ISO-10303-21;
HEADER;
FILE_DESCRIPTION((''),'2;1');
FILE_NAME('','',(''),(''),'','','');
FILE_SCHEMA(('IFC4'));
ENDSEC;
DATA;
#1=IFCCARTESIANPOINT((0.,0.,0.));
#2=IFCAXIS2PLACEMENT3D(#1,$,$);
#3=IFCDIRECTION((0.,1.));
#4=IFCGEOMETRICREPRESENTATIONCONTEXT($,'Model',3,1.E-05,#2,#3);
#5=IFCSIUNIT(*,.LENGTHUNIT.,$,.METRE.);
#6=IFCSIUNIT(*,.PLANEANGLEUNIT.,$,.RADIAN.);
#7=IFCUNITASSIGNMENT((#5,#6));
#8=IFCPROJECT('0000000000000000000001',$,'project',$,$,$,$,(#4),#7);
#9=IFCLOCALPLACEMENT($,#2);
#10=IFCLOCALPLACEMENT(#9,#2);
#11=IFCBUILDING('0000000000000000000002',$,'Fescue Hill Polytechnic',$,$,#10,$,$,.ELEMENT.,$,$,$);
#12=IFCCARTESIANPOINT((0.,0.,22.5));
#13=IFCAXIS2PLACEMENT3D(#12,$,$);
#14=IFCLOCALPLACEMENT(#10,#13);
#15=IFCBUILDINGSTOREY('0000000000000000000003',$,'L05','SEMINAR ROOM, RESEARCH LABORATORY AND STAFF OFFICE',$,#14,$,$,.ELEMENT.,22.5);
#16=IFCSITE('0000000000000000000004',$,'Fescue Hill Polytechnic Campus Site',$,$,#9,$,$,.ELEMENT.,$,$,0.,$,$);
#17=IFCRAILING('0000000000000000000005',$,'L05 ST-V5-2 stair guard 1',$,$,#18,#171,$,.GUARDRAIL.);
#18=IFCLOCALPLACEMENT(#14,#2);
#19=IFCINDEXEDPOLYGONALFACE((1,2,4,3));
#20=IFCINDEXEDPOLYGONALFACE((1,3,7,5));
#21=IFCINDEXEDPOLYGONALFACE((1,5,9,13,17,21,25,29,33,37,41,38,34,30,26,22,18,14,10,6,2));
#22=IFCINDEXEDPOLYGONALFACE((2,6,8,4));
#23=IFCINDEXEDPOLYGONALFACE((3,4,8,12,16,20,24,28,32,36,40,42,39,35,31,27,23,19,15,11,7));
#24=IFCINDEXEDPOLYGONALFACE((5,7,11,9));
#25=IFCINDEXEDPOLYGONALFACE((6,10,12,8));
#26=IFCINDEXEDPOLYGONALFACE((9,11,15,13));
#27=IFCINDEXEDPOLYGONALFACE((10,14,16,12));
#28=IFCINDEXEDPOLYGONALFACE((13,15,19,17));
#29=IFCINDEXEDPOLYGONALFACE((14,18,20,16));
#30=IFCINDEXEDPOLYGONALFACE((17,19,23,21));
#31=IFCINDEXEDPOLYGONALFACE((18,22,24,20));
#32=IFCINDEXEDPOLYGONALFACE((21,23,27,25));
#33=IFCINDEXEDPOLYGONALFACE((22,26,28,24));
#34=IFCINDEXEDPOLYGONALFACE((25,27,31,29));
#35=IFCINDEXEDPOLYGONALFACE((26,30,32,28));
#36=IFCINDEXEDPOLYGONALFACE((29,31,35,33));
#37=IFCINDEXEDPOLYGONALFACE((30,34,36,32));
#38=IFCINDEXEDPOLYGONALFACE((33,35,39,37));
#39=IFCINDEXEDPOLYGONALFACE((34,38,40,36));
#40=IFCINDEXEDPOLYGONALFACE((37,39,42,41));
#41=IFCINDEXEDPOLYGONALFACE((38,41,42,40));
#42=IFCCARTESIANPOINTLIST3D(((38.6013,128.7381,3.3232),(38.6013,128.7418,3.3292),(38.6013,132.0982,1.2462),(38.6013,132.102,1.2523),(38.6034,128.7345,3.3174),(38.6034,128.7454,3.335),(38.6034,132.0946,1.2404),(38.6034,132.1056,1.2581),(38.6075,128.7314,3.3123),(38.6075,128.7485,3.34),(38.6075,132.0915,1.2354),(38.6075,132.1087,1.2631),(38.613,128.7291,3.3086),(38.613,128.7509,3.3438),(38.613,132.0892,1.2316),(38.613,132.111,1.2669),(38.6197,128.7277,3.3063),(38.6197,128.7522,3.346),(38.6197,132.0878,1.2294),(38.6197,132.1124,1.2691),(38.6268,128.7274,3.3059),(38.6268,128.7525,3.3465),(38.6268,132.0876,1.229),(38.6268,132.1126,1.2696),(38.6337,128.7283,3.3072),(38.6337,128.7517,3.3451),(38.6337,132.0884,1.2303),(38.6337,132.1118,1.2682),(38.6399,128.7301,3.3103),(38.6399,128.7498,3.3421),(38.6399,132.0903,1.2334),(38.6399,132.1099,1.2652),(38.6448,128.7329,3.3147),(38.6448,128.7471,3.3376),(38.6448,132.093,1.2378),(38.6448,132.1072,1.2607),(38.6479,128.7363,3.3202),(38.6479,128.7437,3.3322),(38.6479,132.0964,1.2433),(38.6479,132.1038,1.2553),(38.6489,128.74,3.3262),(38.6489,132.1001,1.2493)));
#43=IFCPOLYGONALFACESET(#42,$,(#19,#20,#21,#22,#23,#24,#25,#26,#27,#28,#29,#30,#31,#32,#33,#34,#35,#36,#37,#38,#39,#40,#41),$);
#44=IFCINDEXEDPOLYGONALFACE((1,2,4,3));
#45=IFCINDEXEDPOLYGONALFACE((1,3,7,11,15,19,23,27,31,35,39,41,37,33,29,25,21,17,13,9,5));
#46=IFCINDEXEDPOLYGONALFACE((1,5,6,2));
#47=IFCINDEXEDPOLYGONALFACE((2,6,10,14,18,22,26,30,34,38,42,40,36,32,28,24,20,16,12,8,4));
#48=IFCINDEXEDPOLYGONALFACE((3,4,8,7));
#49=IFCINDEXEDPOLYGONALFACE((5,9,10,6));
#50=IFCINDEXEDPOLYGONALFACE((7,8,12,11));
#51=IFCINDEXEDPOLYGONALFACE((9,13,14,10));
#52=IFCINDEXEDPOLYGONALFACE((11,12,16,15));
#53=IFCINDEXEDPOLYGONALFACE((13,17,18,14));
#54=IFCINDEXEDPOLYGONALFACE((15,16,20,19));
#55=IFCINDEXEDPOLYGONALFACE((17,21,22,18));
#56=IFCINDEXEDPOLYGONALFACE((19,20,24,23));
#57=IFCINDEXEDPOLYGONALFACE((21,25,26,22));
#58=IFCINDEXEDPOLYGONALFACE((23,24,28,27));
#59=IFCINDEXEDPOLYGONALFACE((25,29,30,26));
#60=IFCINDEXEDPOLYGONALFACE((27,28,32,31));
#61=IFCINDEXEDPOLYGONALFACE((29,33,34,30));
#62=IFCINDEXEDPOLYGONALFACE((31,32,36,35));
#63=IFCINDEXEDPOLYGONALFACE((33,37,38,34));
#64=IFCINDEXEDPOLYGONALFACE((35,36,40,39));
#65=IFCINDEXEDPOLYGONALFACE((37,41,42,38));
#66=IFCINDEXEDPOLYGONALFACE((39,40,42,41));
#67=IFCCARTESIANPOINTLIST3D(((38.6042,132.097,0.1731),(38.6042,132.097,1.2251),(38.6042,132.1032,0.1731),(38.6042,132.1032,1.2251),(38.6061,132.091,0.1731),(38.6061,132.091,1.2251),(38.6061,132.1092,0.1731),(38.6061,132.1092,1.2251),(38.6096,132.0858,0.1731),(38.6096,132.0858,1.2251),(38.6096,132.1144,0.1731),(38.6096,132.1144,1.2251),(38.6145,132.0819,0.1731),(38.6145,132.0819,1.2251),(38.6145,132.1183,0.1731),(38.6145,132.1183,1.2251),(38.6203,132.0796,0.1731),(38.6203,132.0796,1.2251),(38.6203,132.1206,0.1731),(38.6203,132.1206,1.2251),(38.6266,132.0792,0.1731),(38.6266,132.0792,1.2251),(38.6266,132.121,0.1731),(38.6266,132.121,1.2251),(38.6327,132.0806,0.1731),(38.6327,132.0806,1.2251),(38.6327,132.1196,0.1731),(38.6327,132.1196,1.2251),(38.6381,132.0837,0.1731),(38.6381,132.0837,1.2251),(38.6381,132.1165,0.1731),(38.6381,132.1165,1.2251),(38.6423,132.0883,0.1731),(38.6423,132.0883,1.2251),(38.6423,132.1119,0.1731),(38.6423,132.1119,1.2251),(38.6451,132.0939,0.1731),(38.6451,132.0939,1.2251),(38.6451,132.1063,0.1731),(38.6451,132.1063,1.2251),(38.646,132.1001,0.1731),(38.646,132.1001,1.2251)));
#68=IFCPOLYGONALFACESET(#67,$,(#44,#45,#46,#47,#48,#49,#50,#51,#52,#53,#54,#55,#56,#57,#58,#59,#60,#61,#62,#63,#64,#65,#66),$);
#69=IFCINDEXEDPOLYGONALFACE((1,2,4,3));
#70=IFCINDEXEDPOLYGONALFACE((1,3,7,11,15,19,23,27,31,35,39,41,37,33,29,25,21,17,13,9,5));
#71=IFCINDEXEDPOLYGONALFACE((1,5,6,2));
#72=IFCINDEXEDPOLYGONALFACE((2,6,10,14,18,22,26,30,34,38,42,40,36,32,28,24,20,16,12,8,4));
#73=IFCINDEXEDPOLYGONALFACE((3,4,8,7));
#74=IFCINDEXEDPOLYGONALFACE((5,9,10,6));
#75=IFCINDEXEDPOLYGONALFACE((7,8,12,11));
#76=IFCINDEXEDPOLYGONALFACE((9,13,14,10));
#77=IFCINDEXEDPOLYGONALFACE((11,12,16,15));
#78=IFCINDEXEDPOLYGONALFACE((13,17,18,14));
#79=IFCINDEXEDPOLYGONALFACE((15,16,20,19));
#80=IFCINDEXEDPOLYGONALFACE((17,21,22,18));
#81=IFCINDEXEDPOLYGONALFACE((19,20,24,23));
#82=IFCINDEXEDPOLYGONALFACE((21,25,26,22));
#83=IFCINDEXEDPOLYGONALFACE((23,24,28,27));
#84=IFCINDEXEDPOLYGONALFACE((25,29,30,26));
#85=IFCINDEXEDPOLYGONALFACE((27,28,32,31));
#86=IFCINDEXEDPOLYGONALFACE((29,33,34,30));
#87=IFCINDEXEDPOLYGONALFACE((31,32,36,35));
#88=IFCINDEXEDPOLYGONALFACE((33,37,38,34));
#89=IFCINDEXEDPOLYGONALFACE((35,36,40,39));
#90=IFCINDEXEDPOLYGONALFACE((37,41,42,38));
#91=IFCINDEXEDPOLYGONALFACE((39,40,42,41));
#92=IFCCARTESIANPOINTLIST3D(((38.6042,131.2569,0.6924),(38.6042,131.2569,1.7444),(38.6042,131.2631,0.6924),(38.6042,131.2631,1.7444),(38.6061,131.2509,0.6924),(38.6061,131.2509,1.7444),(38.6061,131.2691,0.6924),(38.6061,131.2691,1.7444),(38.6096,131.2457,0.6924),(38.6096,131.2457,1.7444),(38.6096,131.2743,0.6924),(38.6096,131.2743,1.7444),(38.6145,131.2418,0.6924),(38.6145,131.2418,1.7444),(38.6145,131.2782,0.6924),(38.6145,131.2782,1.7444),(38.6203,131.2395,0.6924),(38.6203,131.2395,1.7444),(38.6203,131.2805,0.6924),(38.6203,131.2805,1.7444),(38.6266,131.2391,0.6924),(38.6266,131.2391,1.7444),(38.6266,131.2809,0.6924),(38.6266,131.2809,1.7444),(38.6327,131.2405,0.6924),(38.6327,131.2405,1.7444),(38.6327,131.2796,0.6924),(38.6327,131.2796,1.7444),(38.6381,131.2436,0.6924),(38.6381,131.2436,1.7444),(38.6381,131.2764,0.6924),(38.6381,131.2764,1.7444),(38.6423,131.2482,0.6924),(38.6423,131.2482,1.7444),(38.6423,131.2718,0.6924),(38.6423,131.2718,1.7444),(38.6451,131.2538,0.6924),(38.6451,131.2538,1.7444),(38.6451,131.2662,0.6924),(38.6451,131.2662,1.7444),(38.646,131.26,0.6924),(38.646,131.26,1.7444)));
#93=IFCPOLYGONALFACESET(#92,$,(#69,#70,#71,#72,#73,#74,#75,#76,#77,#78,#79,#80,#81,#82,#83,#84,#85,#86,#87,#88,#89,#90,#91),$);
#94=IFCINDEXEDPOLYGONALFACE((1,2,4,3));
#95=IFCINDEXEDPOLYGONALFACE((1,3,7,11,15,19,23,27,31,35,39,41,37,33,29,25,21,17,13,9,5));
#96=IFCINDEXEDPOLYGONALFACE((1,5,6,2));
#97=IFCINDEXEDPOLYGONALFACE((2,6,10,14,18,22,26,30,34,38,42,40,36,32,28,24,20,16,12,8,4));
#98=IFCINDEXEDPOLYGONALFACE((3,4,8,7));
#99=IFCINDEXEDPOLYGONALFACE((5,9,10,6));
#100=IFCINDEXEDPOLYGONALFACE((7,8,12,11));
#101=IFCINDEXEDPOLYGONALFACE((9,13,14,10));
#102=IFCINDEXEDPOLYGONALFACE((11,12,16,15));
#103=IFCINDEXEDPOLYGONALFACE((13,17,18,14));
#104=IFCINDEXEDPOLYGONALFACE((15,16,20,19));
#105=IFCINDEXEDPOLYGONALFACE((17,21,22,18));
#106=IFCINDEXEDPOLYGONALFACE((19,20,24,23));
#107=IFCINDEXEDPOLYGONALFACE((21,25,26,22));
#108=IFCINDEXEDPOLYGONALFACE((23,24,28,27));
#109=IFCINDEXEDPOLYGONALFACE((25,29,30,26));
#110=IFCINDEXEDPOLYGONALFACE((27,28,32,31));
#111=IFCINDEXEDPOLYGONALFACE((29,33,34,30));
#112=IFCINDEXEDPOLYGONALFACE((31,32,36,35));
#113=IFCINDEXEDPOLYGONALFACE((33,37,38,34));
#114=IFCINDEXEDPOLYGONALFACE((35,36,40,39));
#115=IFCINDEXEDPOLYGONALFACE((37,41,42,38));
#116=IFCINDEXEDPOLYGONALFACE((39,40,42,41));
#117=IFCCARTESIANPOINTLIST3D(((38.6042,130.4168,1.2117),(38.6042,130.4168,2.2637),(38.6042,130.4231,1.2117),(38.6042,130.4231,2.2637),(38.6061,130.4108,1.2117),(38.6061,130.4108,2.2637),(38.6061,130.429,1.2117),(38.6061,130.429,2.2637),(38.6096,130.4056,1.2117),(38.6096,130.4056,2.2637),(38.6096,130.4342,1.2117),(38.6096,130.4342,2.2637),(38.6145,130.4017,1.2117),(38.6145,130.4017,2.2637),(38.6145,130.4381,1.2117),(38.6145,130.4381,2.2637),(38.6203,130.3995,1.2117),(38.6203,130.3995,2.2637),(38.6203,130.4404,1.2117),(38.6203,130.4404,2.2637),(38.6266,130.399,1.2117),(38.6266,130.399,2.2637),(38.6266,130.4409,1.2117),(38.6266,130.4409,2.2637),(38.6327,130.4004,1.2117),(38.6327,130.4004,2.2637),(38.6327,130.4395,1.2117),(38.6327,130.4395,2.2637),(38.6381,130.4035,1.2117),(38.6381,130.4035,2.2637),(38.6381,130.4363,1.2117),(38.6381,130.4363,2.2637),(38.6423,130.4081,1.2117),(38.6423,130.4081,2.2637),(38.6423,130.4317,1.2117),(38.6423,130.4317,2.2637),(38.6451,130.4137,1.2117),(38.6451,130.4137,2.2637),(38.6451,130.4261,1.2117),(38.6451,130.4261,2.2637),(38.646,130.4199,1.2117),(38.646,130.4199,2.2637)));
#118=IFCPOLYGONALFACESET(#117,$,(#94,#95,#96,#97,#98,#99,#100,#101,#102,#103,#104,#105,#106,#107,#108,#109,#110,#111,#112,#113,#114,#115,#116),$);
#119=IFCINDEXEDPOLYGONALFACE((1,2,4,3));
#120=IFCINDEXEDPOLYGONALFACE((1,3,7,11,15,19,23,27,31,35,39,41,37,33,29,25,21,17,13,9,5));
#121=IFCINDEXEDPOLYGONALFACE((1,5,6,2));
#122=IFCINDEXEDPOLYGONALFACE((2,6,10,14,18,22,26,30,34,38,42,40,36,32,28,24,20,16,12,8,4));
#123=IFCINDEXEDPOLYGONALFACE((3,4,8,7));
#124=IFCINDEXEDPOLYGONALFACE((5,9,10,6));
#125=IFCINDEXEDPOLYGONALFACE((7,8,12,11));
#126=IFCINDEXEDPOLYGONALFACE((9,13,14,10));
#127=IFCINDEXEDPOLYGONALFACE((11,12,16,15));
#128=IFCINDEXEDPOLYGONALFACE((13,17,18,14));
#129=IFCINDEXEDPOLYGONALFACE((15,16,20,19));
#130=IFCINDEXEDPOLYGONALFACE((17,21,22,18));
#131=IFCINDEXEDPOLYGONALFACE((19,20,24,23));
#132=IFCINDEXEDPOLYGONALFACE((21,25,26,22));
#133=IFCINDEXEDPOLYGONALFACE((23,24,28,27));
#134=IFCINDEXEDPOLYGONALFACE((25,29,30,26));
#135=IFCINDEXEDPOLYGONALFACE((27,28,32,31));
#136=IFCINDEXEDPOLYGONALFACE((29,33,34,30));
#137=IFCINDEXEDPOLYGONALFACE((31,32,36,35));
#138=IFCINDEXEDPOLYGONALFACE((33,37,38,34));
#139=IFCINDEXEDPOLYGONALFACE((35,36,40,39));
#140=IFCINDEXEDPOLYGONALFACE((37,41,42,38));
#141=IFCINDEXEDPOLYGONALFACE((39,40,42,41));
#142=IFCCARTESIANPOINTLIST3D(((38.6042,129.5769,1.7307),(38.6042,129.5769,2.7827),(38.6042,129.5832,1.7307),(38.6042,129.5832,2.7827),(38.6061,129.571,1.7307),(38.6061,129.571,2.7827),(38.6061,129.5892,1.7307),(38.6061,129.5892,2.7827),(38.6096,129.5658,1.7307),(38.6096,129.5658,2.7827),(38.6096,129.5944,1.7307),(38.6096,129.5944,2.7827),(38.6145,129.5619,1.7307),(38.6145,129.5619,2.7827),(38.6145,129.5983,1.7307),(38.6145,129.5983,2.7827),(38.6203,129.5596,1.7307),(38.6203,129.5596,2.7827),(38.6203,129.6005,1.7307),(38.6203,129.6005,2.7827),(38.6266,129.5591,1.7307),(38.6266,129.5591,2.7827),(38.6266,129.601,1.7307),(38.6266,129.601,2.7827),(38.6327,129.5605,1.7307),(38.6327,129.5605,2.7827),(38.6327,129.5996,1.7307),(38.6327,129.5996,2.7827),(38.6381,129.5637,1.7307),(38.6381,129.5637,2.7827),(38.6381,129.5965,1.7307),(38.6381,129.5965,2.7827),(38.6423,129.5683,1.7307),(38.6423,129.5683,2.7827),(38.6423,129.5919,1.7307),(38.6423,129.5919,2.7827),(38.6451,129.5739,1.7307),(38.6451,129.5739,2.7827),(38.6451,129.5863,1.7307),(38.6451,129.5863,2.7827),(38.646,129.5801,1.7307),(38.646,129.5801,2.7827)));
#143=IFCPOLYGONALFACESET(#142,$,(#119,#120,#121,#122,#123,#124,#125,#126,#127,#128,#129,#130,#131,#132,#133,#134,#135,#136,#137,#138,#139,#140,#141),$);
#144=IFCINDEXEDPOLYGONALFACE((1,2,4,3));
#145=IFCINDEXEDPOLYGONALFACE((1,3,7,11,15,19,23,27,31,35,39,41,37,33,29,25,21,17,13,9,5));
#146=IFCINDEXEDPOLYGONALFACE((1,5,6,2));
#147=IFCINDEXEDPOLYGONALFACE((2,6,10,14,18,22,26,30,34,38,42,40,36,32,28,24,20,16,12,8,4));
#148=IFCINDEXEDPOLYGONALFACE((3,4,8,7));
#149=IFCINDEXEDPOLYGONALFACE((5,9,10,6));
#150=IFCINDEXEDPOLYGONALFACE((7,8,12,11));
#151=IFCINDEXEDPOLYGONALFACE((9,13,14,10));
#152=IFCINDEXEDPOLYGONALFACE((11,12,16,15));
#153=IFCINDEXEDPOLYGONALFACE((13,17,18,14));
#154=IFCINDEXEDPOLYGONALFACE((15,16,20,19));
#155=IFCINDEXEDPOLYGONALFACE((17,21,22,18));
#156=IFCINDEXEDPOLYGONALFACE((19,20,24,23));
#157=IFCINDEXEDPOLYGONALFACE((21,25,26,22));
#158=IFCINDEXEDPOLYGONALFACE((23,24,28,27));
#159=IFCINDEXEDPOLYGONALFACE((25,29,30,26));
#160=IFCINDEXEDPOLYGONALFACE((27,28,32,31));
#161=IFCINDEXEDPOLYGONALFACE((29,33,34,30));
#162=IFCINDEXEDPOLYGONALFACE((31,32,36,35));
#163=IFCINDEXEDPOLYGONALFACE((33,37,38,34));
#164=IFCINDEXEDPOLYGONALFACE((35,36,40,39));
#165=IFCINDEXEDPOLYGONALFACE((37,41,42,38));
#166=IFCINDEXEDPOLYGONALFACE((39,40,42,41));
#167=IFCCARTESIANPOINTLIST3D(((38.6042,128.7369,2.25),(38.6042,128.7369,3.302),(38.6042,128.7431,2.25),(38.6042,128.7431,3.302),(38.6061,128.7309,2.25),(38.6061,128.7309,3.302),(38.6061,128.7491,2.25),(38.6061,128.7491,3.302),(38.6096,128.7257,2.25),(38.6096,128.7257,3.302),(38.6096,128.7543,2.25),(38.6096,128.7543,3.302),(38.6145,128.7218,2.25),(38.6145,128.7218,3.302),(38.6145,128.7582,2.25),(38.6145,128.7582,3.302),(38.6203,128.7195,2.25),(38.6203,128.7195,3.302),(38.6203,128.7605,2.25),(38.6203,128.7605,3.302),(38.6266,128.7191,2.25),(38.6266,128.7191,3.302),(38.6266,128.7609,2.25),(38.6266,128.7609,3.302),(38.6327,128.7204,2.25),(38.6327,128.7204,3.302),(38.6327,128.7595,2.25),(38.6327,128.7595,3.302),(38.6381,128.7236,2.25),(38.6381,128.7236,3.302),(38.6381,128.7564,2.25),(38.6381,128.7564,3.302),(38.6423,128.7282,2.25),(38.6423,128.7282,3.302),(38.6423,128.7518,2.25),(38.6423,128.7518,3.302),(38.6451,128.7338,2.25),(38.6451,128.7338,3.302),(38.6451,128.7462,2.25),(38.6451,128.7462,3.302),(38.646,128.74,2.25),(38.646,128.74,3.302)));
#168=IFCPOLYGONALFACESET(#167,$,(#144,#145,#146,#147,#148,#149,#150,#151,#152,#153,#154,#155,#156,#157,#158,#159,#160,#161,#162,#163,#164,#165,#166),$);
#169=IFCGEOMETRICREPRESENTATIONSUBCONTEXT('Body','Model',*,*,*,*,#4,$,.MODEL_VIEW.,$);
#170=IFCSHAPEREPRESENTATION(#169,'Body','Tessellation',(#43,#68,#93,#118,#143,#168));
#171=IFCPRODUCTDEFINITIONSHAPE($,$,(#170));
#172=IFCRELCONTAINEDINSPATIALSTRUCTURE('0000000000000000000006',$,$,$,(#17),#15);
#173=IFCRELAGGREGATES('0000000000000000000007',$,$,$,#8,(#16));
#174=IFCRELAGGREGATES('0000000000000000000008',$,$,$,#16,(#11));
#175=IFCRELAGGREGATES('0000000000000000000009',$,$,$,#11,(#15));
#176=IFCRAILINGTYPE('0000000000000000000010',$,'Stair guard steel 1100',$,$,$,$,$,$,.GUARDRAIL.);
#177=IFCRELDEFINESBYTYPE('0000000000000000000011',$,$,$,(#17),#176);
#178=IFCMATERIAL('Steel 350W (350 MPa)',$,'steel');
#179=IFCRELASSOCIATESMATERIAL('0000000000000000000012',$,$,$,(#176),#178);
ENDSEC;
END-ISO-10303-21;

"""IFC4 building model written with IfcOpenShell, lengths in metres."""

from ifc_helpers import new_model, si_unit, direction, frame, origin, origin_2d, place, context, subcontext, project, spatial, circle, extrude, material, type_object, element, save


model = new_model("IFC4")

# Units and contexts
model_context = context("Model", 3, precision=1e-05, world=origin(), true_north=direction((0.0, 1.0)))
body_context = subcontext(model_context, "Body", "Model", "MODEL_VIEW")
ifc_project = project(units=[si_unit("LENGTHUNIT", "METRE"), si_unit("PLANEANGLEUNIT", "RADIAN")], contexts=[model_context])

# Site, building, storey
site_placement = place(None, origin())
site = spatial("IfcSite", under=ifc_project, at=site_placement, Name="Fescue Hill Polytechnic Campus Site", CompositionType="ELEMENT", RefElevation=0.0)
building_placement = place(site_placement, origin())
building = spatial("IfcBuilding", under=site, at=building_placement, Name="Fescue Hill Polytechnic", CompositionType="ELEMENT")
storey_placement = place(building_placement, frame((0.0, 0.0, 22.5)))
storey = spatial("IfcBuildingStorey", under=building, at=storey_placement, Name="L05", Description="SEMINAR ROOM, RESEARCH LABORATORY AND STAFF OFFICE", CompositionType="ELEMENT", Elevation=22.5)

# Railing
ifc_material_1 = material(Name="Steel 350W (350 MPa)", Category="steel")
railing_type_1 = type_object("IfcRailingType", Name="Stair guard steel 1100", PredefinedType="GUARDRAIL", material=ifc_material_1)
railing_1_placement = place(storey_placement, frame((38.625, 132.1001, 0.1731)))
element("IfcRailing", 1, at=railing_1_placement, inside=storey, type_object=railing_type_1, Name="L05 ST-V5-2 stair guard 1", PredefinedType="GUARDRAIL", context=body_context, shape_type="SweptSolid", body=[
    extrude(circle(Radius=0.0239, at=origin_2d()), frame((0.0, 0.0, 1.0762), z_axis=(0.0, -0.850623, 0.525776), x_axis=(1.0, 0.0, 0.0)), (0.0, 0.0, 1.0), 3.9502),
    extrude(circle(Radius=0.021, at=origin_2d()), origin(), (0.0, 0.0, 1.0), 1.052),
    extrude(circle(Radius=0.021, at=origin_2d()), frame((0.0, -0.8401, 0.5193)), (0.0, 0.0, 1.0), 1.052),
    extrude(circle(Radius=0.021, at=origin_2d()), frame((0.0, -1.6802, 1.0386)), (0.0, 0.0, 1.0), 1.052),
    extrude(circle(Radius=0.021, at=origin_2d()), frame((0.0, -2.52, 1.5576)), (0.0, 0.0, 1.0), 1.052),
    extrude(circle(Radius=0.021, at=origin_2d()), frame((0.0, -3.3601, 2.0769)), (0.0, 0.0, 1.0), 1.052),
])

save(model, "model.ifc")
